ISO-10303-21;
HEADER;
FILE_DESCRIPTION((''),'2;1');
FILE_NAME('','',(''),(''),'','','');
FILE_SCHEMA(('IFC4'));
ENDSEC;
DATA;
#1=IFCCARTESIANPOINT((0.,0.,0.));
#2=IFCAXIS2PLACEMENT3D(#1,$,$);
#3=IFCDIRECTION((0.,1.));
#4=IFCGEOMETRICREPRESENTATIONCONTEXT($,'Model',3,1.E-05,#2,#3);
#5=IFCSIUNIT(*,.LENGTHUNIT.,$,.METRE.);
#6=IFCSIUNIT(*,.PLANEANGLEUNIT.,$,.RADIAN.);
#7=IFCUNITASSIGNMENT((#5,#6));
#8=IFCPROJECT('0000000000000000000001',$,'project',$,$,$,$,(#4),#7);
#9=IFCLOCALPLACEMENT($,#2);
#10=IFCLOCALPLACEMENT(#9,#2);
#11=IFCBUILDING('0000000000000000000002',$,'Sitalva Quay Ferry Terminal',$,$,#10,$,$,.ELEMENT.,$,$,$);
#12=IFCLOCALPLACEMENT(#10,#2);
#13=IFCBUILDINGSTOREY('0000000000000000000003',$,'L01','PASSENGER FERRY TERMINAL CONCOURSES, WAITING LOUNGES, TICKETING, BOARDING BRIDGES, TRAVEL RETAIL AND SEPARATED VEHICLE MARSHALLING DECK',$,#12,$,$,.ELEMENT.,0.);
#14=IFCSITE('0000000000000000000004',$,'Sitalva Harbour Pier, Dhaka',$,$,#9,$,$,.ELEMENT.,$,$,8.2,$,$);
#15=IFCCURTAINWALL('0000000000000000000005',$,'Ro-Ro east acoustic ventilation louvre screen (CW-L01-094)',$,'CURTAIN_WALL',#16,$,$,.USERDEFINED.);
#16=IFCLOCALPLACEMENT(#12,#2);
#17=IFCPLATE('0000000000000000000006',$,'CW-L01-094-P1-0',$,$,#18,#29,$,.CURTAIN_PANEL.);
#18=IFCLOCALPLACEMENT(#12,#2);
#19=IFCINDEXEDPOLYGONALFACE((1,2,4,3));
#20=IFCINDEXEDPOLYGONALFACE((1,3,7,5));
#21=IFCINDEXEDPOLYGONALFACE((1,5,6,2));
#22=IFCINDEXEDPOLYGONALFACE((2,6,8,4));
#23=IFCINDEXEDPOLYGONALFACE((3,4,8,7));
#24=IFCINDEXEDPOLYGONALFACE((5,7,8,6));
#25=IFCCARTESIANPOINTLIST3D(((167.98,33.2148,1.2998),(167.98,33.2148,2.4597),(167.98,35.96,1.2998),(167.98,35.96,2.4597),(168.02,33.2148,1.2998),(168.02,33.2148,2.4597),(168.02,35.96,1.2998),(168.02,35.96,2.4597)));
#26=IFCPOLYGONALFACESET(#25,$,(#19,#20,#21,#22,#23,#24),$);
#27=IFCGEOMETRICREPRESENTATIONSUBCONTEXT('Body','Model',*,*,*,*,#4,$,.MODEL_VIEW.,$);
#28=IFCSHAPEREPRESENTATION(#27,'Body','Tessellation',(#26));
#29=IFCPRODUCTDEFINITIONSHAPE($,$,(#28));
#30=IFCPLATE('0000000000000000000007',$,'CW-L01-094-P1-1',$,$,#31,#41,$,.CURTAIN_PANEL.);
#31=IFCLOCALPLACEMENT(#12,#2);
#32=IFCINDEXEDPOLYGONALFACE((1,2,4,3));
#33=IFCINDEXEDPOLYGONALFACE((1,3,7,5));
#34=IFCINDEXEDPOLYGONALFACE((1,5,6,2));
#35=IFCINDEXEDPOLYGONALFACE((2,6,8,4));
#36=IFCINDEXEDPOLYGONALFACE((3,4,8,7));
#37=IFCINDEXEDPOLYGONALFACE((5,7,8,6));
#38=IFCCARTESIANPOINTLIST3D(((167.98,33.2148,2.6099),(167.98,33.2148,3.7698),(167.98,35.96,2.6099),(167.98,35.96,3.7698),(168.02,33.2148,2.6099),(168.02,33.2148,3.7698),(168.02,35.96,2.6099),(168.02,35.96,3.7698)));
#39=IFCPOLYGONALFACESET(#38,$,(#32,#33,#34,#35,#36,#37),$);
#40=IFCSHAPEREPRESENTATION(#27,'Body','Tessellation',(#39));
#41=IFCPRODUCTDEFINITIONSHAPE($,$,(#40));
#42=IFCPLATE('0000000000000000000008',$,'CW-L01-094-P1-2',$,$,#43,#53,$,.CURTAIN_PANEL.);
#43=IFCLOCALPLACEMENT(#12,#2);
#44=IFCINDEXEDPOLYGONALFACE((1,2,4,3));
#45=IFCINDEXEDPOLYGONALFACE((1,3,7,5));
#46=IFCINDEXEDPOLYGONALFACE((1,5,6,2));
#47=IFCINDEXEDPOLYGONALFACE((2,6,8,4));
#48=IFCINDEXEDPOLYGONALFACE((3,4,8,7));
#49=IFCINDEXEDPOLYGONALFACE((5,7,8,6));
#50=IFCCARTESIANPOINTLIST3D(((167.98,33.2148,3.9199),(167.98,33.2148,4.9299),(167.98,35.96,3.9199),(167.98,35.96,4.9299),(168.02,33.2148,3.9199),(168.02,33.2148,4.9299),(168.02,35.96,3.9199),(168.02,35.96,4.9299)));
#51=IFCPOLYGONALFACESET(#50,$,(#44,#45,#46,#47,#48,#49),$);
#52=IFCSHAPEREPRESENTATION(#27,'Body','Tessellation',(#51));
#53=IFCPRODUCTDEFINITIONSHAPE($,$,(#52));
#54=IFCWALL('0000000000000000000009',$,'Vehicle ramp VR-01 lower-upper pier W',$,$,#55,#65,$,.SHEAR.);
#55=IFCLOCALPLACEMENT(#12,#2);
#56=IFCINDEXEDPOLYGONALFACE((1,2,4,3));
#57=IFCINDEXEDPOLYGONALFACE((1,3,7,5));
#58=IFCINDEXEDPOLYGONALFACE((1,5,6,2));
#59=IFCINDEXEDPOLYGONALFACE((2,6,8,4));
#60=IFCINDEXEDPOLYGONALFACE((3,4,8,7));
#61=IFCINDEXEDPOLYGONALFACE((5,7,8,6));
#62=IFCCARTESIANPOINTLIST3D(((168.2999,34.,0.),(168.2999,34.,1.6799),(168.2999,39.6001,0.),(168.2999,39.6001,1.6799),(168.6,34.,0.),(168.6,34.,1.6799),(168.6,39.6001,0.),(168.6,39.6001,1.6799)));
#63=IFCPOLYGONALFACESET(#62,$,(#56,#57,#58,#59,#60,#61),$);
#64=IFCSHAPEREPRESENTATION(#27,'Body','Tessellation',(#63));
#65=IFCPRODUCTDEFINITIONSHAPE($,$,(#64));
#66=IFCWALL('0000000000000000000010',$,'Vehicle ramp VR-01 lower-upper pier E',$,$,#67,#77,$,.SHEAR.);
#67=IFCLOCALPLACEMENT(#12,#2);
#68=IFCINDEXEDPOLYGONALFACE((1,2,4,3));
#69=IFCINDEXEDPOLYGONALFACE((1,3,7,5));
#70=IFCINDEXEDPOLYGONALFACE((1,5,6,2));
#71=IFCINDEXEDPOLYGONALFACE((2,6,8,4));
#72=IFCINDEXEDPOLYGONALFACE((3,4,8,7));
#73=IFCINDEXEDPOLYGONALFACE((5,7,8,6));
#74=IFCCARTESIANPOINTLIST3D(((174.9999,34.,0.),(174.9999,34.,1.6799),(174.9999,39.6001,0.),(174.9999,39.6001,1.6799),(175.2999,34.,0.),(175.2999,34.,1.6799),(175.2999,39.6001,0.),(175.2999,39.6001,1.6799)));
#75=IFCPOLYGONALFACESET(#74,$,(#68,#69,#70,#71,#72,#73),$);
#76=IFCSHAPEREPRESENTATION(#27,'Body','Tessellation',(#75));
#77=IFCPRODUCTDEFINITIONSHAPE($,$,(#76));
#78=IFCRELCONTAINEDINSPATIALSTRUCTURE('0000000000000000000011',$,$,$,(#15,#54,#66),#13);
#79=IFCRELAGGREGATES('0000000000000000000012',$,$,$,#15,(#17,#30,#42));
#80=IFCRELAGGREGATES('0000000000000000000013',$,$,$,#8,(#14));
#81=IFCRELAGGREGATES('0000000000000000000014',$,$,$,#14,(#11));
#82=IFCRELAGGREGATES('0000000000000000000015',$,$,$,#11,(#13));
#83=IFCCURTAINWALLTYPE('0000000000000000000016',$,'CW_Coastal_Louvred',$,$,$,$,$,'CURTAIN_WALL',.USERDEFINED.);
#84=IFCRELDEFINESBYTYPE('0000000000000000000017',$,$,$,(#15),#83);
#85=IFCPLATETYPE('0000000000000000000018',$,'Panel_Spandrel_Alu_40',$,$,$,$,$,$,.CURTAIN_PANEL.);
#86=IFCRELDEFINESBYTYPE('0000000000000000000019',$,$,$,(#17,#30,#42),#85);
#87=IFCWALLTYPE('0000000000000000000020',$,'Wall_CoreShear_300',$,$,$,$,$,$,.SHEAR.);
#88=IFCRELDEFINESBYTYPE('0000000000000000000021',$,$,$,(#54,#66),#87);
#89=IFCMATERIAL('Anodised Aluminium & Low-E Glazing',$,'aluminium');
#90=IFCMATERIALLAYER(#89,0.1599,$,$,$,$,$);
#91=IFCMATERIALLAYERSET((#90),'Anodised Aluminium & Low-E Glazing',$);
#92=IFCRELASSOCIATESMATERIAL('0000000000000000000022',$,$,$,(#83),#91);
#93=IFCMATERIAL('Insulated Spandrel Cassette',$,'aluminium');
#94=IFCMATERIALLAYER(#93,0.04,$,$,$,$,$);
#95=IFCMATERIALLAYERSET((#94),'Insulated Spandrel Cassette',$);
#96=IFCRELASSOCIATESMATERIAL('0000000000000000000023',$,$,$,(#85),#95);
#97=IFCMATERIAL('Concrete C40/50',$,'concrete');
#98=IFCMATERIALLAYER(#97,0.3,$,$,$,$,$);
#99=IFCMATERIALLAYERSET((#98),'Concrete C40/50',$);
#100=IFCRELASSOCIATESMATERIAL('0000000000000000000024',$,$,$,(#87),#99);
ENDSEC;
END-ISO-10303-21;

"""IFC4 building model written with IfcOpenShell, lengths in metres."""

from ifc_helpers import new_model, si_unit, direction, frame, frame_2d, origin, origin_2d, place, context, subcontext, project, spatial, rectangle, extrude, material, layer, layer_set, type_object, element, aggregate, save


model = new_model("IFC4")

# Units and contexts
model_context = context("Model", 3, precision=1e-05, world=origin(), true_north=direction((0.0, 1.0)))
body_context = subcontext(model_context, "Body", "Model", "MODEL_VIEW")
ifc_project = project(units=[si_unit("LENGTHUNIT", "METRE"), si_unit("PLANEANGLEUNIT", "RADIAN")], contexts=[model_context])

# Site, building, storey
site_placement = place(None, origin())
site = spatial("IfcSite", under=ifc_project, at=site_placement, Name="Sitalva Harbour Pier, Dhaka", CompositionType="ELEMENT", RefElevation=8.2)
building_placement = place(site_placement, origin())
building = spatial("IfcBuilding", under=site, at=building_placement, Name="Sitalva Quay Ferry Terminal", CompositionType="ELEMENT")
storey_placement = place(building_placement, origin())
storey = spatial("IfcBuildingStorey", under=building, at=storey_placement, Name="L01", Description="PASSENGER FERRY TERMINAL CONCOURSES, WAITING LOUNGES, TICKETING, BOARDING BRIDGES, TRAVEL RETAIL AND SEPARATED VEHICLE MARSHALLING DECK", CompositionType="ELEMENT", Elevation=0.0)

# Curtain wall
ifc_material_1 = material(Name="Anodised Aluminium & Low-E Glazing", Category="aluminium")
ifc_layer_1 = layer(ifc_material_1, 0.1599)
ifc_layer_set_1 = layer_set([ifc_layer_1], Name="Anodised Aluminium & Low-E Glazing")
curtain_wall_type = type_object("IfcCurtainWallType", Name="CW_Coastal_Louvred", ElementType="CURTAIN_WALL", PredefinedType="USERDEFINED", material=ifc_layer_set_1)
curtain_wall_placement = place(storey_placement, origin())
curtain_wall = element("IfcCurtainWall", 1, at=curtain_wall_placement, inside=storey, type_object=curtain_wall_type, Name="Ro-Ro east acoustic ventilation louvre screen (CW-L01-094)", ObjectType="CURTAIN_WALL", PredefinedType="USERDEFINED")

# Plates
ifc_material_2 = material(Name="Insulated Spandrel Cassette", Category="aluminium")
ifc_layer_2 = layer(ifc_material_2, 0.04)
ifc_layer_set_2 = layer_set([ifc_layer_2], Name="Insulated Spandrel Cassette")
plate_type_1 = type_object("IfcPlateType", Name="Panel_Spandrel_Alu_40", PredefinedType="CURTAIN_PANEL", material=ifc_layer_set_2)
plate_1_placement = place(storey_placement, frame((168.0, 34.5874, 1.2998), z_axis=(0.0, 0.0, 1.0), x_axis=(0.0, 1.0, 0.0)))
plate_1 = element("IfcPlate", 2, at=plate_1_placement, type_object=plate_type_1, Name="CW-L01-094-P1-0", PredefinedType="CURTAIN_PANEL", context=body_context, shape_type="SweptSolid", body=[
    extrude(rectangle(XDim=2.7451, YDim=0.04, at=origin_2d()), origin(), (0.0, 0.0, 1.0), 1.1599),
])
plate_2_placement = place(storey_placement, frame((168.0, 34.5874, 2.6099), z_axis=(0.0, 0.0, 1.0), x_axis=(0.0, 1.0, 0.0)))
plate_2 = element("IfcPlate", 3, at=plate_2_placement, type_object=plate_type_1, Name="CW-L01-094-P1-1", PredefinedType="CURTAIN_PANEL", context=body_context, shape_type="SweptSolid", body=[
    extrude(rectangle(XDim=2.7451, YDim=0.04, at=origin_2d()), origin(), (0.0, 0.0, 1.0), 1.1599),
])
plate_3_placement = place(storey_placement, frame((168.0, 34.5874, 3.9199), z_axis=(0.0, 0.0, 1.0), x_axis=(0.0, 1.0, 0.0)))
plate_3 = element("IfcPlate", 4, at=plate_3_placement, type_object=plate_type_1, Name="CW-L01-094-P1-2", PredefinedType="CURTAIN_PANEL", context=body_context, shape_type="SweptSolid", body=[
    extrude(rectangle(XDim=2.7451, YDim=0.04, at=origin_2d()), origin(), (0.0, 0.0, 1.0), 1.01),
])
aggregate(curtain_wall, [plate_1, plate_2, plate_3])

# Walls
ifc_material_3 = material(Name="Concrete C40/50", Category="concrete")
ifc_layer_3 = layer(ifc_material_3, 0.3)
ifc_layer_set_3 = layer_set([ifc_layer_3], Name="Concrete C40/50")
wall_type = type_object("IfcWallType", Name="Wall_CoreShear_300", PredefinedType="SHEAR", material=ifc_layer_set_3)
for number, where, z_axis, x_axis, name in (
    (5, (168.45, 34.0, 0.0), (0.0, 0.0, 1.0), (0.0, 1.0, 0.0), "Vehicle ramp VR-01 lower-upper pier W"),
    (6, (175.1499, 34.0, 0.0), (0.0, 0.0, 1.0), (0.0, 1.0, 0.0), "Vehicle ramp VR-01 lower-upper pier E"),
):
    element("IfcWall", number, at=place(storey_placement, frame(where, z_axis=z_axis, x_axis=x_axis)), inside=storey, type_object=wall_type, Name=name, PredefinedType="SHEAR", context=body_context, shape_type="SweptSolid", body=[
        extrude(rectangle(XDim=5.6001, YDim=0.3, at=frame_2d((2.8, 0.0))), origin(), (0.0, 0.0, 1.0), 1.6799),
    ])

save(model, "model.ifc")
